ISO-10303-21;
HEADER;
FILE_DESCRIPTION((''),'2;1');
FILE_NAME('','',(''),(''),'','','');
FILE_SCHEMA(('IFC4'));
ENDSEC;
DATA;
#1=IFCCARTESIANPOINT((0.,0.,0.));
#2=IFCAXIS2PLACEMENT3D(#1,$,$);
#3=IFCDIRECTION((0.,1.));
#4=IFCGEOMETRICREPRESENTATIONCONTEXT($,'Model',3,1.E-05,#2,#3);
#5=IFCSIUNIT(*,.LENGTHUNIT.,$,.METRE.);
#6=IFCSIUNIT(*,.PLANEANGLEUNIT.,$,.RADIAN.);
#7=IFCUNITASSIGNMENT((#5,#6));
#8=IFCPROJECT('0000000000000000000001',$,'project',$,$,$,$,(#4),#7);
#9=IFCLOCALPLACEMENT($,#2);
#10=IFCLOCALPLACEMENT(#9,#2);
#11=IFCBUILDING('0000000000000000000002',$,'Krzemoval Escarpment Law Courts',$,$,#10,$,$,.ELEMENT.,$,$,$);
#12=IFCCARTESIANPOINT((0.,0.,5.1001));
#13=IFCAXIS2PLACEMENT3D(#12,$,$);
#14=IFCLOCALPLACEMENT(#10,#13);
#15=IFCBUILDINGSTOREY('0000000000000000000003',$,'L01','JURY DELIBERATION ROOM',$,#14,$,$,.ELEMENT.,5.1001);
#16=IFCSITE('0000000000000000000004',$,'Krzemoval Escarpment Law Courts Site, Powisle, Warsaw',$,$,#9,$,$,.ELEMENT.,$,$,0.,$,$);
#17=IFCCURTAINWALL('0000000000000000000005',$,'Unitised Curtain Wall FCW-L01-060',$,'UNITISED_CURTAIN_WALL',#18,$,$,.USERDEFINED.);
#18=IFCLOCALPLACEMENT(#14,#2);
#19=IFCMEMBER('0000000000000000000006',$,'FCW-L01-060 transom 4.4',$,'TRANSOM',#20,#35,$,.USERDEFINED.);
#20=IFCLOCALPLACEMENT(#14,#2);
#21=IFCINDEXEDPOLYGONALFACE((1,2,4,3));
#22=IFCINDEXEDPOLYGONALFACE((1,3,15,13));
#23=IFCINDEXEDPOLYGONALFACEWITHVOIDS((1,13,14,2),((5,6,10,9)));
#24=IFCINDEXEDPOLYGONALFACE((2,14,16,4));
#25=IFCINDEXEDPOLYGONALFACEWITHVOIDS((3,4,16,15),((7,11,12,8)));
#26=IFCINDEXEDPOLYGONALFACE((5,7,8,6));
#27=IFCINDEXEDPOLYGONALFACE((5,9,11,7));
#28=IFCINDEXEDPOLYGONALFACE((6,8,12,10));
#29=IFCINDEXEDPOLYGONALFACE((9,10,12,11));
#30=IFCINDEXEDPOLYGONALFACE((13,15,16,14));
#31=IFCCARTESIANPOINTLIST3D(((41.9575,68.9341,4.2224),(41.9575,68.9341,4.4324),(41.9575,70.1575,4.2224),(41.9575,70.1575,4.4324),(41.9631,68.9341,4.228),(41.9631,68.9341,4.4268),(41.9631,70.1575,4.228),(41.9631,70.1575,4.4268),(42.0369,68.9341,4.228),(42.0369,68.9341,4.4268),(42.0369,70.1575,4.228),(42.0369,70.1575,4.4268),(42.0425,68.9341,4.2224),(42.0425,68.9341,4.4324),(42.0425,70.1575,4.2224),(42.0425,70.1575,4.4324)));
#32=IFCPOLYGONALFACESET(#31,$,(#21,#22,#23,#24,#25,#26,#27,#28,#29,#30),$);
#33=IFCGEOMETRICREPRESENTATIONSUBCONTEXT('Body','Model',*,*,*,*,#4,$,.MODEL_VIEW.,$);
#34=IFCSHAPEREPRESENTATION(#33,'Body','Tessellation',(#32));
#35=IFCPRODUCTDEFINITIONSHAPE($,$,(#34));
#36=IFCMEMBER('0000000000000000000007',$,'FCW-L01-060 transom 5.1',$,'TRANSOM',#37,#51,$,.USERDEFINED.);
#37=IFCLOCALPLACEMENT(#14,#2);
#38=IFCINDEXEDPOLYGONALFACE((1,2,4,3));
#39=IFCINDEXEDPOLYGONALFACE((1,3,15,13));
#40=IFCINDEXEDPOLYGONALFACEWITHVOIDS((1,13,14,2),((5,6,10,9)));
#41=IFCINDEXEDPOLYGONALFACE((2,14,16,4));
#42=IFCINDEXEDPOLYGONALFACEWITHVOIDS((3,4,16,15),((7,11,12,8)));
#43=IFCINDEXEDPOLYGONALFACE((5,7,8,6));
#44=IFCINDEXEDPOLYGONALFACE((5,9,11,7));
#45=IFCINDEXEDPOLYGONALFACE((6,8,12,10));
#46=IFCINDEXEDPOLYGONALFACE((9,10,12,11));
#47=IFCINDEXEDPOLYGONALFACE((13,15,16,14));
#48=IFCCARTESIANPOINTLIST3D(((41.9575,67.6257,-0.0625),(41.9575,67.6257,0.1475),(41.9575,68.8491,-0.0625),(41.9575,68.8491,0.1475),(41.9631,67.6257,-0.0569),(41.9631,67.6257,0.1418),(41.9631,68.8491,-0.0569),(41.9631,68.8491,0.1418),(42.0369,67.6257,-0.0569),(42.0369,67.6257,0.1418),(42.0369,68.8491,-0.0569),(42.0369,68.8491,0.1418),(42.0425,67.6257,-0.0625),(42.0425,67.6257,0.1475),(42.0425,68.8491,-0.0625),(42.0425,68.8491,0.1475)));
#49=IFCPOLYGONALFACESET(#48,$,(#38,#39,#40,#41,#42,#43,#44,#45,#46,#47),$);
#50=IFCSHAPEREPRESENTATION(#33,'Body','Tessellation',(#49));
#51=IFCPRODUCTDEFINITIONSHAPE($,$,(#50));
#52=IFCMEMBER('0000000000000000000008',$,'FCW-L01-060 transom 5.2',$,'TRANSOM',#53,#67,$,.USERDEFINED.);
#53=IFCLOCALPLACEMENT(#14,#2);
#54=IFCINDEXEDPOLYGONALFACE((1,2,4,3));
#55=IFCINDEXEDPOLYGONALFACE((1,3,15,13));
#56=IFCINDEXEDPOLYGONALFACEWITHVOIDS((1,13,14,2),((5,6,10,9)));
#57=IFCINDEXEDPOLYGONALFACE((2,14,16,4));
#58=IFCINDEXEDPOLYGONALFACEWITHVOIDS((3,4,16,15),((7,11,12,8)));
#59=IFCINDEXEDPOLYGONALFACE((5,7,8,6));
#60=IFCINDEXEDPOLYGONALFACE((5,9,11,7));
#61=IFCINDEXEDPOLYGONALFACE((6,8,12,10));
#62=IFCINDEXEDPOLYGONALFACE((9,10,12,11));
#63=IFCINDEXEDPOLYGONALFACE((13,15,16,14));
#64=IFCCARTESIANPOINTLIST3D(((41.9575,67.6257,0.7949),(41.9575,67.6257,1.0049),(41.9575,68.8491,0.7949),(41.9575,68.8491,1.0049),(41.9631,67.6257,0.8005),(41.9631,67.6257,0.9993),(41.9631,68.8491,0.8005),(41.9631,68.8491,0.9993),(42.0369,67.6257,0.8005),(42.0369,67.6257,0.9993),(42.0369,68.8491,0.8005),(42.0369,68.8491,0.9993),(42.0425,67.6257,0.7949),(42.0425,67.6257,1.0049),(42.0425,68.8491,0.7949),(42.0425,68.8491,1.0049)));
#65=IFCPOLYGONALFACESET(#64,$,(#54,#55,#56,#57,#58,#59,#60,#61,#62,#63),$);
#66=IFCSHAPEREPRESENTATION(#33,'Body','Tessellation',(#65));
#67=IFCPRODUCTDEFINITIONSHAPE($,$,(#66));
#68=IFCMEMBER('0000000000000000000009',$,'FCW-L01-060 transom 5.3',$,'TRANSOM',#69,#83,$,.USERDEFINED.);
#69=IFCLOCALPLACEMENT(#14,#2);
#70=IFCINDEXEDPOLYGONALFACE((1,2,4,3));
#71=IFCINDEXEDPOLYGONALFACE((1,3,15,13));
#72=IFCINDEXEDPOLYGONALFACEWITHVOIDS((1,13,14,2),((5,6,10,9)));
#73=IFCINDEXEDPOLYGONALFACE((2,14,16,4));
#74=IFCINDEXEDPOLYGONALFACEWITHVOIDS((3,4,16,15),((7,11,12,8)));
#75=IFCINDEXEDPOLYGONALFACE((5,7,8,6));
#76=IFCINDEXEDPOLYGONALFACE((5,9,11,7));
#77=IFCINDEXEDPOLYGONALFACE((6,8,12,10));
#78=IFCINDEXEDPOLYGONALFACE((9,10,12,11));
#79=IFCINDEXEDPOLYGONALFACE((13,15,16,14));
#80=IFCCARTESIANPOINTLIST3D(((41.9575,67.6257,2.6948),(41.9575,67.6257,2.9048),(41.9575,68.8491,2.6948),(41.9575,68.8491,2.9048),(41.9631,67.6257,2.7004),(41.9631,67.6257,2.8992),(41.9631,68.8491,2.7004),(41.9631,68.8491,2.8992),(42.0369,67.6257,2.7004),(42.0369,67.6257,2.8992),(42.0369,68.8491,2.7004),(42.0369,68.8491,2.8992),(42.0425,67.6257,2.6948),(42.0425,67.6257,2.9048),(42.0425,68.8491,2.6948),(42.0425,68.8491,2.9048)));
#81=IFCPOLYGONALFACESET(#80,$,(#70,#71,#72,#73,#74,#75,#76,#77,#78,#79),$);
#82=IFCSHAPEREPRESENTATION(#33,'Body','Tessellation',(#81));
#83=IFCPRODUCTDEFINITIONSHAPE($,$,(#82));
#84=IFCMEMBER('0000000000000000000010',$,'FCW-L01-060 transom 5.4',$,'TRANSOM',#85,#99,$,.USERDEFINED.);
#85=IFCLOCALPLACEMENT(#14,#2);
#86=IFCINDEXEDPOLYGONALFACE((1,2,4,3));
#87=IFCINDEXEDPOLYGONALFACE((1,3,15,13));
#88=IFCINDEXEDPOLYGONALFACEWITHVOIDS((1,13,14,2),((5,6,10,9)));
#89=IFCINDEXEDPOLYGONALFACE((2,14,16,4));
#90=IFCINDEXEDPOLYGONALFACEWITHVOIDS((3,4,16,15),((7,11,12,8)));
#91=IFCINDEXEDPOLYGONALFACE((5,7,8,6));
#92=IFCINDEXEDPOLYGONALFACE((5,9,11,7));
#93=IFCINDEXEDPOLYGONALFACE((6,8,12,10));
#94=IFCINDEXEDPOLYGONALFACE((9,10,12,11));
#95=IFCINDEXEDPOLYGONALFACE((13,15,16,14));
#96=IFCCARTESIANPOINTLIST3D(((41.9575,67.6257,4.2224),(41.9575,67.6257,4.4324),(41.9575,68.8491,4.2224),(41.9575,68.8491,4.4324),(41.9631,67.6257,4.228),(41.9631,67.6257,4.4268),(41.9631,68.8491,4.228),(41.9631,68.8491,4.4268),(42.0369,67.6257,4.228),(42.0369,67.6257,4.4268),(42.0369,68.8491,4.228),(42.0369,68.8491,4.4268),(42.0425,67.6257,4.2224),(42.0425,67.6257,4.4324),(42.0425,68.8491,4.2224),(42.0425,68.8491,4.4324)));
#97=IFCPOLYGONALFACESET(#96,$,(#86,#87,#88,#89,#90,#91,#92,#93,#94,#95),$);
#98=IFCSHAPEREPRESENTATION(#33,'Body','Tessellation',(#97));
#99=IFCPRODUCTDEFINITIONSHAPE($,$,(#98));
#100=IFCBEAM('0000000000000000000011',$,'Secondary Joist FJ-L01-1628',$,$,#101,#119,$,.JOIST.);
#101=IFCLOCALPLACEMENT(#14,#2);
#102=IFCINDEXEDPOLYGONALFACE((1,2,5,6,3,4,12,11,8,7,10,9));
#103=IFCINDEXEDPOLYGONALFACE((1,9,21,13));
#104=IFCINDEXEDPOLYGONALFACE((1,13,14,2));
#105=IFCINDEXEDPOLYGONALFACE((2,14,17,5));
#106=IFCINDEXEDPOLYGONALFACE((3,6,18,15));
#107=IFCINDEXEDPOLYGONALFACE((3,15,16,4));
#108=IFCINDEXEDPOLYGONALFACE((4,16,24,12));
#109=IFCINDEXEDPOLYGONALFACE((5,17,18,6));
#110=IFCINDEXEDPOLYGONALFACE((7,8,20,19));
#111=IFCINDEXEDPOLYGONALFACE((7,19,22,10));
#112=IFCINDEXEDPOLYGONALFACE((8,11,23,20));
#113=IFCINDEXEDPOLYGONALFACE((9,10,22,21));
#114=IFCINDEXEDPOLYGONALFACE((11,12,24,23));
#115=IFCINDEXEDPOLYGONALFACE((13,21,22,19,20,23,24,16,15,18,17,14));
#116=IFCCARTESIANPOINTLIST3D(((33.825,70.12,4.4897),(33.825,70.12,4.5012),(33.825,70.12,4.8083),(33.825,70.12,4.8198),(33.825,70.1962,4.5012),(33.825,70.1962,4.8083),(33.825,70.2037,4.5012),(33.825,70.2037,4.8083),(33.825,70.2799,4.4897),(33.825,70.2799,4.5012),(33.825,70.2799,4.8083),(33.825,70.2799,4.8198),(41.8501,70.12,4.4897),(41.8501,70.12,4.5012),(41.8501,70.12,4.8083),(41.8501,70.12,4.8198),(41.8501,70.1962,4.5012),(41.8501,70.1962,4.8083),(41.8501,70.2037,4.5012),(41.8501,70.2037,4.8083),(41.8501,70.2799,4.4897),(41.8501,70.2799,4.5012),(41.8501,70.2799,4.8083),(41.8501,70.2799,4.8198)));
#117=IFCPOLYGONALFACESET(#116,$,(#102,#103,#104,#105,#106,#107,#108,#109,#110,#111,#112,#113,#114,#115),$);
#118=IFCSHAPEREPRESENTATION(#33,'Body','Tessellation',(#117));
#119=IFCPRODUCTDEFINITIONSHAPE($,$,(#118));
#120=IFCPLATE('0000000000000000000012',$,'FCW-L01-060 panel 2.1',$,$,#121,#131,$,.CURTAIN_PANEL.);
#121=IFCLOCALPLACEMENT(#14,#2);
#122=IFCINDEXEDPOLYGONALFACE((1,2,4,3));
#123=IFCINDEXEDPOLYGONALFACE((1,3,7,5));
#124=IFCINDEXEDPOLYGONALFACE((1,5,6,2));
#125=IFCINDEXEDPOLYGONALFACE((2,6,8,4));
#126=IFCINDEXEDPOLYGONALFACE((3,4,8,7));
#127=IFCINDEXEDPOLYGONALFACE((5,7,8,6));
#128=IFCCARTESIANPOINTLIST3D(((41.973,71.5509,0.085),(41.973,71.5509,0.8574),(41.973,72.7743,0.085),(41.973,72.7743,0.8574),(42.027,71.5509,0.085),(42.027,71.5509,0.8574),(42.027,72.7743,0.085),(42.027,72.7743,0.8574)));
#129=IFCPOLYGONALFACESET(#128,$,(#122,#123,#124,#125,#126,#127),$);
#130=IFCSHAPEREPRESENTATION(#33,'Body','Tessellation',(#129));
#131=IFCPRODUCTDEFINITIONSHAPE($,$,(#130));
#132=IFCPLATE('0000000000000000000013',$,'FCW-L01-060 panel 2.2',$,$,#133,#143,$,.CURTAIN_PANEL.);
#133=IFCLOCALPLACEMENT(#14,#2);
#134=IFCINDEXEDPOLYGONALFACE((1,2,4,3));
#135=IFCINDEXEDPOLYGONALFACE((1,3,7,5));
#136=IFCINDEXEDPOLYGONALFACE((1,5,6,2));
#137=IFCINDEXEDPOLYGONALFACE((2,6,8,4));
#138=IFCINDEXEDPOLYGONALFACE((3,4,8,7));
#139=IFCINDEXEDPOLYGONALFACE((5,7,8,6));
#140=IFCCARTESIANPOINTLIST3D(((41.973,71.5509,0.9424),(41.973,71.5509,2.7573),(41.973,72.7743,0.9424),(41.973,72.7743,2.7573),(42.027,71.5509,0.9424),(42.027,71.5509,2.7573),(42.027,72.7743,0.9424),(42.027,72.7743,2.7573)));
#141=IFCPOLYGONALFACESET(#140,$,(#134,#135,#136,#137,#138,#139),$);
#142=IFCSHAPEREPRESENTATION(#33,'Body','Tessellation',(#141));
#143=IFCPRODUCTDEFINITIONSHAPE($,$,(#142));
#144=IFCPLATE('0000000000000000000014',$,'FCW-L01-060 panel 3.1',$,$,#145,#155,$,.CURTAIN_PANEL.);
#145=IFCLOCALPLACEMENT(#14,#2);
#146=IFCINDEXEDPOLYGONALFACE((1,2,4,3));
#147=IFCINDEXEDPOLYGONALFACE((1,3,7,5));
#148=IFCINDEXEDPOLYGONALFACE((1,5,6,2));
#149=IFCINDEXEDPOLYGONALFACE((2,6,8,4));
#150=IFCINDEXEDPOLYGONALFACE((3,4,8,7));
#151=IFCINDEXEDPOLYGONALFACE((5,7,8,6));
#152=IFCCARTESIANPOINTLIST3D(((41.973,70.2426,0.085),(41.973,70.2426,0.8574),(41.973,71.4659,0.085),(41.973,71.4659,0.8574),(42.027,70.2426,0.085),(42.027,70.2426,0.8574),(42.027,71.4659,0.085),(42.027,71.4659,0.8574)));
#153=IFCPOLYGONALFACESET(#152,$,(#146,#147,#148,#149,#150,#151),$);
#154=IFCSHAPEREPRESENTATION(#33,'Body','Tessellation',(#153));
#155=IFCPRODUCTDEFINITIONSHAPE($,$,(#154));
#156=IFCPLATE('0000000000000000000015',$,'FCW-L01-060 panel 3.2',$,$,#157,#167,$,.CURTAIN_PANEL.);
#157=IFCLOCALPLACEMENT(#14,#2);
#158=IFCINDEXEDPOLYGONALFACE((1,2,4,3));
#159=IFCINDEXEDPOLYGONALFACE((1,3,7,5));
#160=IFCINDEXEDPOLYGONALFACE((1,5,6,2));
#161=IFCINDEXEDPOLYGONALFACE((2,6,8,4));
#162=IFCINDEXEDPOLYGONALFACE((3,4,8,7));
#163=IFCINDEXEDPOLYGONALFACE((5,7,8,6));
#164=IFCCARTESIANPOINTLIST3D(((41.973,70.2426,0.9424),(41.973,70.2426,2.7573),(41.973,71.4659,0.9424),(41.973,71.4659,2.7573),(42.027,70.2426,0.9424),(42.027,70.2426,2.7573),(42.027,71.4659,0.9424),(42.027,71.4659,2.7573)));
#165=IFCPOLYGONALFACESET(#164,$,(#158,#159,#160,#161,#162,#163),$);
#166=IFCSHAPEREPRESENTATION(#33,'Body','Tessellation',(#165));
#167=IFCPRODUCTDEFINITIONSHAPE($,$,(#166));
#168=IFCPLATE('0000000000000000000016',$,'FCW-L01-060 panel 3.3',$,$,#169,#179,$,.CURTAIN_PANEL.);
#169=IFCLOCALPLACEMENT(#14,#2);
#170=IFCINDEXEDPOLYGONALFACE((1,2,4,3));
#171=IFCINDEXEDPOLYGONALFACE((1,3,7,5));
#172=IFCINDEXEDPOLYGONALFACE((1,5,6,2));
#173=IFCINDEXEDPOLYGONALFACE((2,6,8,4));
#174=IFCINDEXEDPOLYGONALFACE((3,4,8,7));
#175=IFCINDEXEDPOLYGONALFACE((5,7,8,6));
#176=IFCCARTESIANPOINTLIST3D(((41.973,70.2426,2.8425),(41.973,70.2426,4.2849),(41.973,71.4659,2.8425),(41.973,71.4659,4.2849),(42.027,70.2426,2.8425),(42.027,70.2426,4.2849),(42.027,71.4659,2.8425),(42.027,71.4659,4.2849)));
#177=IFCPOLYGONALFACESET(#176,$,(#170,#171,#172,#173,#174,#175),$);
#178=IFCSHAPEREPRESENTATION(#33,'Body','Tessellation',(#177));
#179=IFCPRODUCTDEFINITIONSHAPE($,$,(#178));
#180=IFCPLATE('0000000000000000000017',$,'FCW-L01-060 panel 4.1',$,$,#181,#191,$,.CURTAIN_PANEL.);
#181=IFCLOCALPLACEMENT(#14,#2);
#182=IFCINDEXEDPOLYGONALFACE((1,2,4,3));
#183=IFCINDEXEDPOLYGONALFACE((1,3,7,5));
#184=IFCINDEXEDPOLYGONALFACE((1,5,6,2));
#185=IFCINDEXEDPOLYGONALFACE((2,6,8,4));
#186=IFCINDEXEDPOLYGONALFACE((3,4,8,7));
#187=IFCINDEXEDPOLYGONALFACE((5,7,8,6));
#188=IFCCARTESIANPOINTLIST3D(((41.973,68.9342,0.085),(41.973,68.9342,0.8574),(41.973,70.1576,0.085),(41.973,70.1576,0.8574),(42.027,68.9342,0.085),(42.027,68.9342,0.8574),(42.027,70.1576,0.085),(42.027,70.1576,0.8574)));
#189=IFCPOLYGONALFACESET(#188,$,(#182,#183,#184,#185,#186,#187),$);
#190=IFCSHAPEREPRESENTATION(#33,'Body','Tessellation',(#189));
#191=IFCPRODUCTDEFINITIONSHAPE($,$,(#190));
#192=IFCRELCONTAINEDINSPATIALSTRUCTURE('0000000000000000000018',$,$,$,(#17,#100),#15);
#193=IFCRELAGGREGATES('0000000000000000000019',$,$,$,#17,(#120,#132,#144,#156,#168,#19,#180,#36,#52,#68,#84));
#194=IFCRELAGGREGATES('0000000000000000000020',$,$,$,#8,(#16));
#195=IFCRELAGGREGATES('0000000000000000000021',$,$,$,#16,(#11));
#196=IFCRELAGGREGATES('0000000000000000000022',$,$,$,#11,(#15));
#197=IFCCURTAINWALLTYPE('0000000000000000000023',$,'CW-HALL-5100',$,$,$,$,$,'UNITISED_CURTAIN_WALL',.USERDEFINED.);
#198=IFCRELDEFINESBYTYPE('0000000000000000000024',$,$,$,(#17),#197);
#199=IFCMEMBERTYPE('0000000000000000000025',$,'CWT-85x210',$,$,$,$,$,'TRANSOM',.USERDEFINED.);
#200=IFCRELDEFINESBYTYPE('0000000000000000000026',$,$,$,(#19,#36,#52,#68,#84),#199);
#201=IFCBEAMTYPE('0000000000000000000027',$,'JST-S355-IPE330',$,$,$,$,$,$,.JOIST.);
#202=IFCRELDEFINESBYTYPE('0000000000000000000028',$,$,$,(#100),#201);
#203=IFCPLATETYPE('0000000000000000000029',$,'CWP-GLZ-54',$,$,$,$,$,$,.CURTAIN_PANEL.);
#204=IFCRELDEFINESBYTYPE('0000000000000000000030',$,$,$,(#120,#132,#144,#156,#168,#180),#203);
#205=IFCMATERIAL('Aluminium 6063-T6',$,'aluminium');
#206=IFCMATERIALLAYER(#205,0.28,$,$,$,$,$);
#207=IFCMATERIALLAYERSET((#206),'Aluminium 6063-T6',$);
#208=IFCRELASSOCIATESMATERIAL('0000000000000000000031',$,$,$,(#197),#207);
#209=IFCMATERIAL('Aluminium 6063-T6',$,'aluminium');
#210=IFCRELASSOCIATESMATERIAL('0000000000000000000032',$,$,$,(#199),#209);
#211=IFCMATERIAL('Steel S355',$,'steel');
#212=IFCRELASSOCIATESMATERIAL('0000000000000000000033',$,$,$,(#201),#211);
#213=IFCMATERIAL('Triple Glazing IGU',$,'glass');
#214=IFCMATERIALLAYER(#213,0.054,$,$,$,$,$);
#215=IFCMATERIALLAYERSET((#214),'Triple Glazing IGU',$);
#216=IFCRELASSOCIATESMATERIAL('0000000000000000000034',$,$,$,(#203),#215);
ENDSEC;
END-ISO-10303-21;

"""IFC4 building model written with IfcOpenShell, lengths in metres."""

from ifc_helpers import new_model, si_unit, direction, frame, origin, origin_2d, place, context, subcontext, project, spatial, rectangle, hollow_rectangle, i_section, extrude, material, layer, layer_set, material_profile, profile_set, type_object, element, aggregate, save


model = new_model("IFC4")

# Units and contexts
model_context = context("Model", 3, precision=1e-05, world=origin(), true_north=direction((0.0, 1.0)))
body_context = subcontext(model_context, "Body", "Model", "MODEL_VIEW")
ifc_project = project(units=[si_unit("LENGTHUNIT", "METRE"), si_unit("PLANEANGLEUNIT", "RADIAN")], contexts=[model_context])

# Site, building, storey
site_placement = place(None, origin())
site = spatial("IfcSite", under=ifc_project, at=site_placement, Name="Krzemoval Escarpment Law Courts Site, Powisle, Warsaw", CompositionType="ELEMENT", RefElevation=0.0)
building_placement = place(site_placement, origin())
building = spatial("IfcBuilding", under=site, at=building_placement, Name="Krzemoval Escarpment Law Courts", CompositionType="ELEMENT")
storey_placement = place(building_placement, frame((0.0, 0.0, 5.1001)))
storey = spatial("IfcBuildingStorey", under=building, at=storey_placement, Name="L01", Description="JURY DELIBERATION ROOM", CompositionType="ELEMENT", Elevation=5.1001)

# Curtain wall, members
ifc_material_1 = material(Name="Aluminium 6063-T6", Category="aluminium")
ifc_layer_1 = layer(ifc_material_1, 0.28)
ifc_layer_set_1 = layer_set([ifc_layer_1], Name="Aluminium 6063-T6")
curtain_wall_type = type_object("IfcCurtainWallType", Name="CW-HALL-5100", ElementType="UNITISED_CURTAIN_WALL", PredefinedType="USERDEFINED", material=ifc_layer_set_1)
curtain_wall_placement = place(storey_placement, origin())
curtain_wall = element("IfcCurtainWall", 1, at=curtain_wall_placement, inside=storey, type_object=curtain_wall_type, Name="Unitised Curtain Wall FCW-L01-060", ObjectType="UNITISED_CURTAIN_WALL", PredefinedType="USERDEFINED")
ifc_material_2 = material(Name="Aluminium 6063-T6", Category="aluminium")
ifc_material_profile_1 = material_profile(ifc_material_2, hollow_rectangle(XDim=0.085, YDim=0.21, WallThickness=0.0056, at=origin_2d()), Name="ALU T85x210")
ifc_profile_set_1 = profile_set([ifc_material_profile_1], Name="Aluminium 6063-T6")
member_type_1 = type_object("IfcMemberType", Name="CWT-85x210", ElementType="TRANSOM", PredefinedType="USERDEFINED", material=ifc_profile_set_1)
member_1_placement = place(storey_placement, frame((42.0, 70.1575, 4.3274), z_axis=(0.0, -1.0, 0.0), x_axis=(1.0, 0.0, 0.0)))
member_1 = element("IfcMember", 2, at=member_1_placement, type_object=member_type_1, Name="FCW-L01-060 transom 4.4", ObjectType="TRANSOM", PredefinedType="USERDEFINED", context=body_context, shape_type="SweptSolid", body=[
    extrude(hollow_rectangle(XDim=0.085, YDim=0.21, WallThickness=0.0056, at=origin_2d()), origin(), (0.0, 0.0, 1.0), 1.2234),
])
member_2_placement = place(storey_placement, frame((42.0, 68.8491, 0.0425), z_axis=(0.0, -1.0, 0.0), x_axis=(1.0, 0.0, 0.0)))
member_2 = element("IfcMember", 3, at=member_2_placement, type_object=member_type_1, Name="FCW-L01-060 transom 5.1", ObjectType="TRANSOM", PredefinedType="USERDEFINED", context=body_context, shape_type="SweptSolid", body=[
    extrude(hollow_rectangle(XDim=0.085, YDim=0.21, WallThickness=0.0056, at=origin_2d()), origin(), (0.0, 0.0, 1.0), 1.2234),
])
member_3_placement = place(storey_placement, frame((42.0, 68.8491, 0.8999), z_axis=(0.0, -1.0, 0.0), x_axis=(1.0, 0.0, 0.0)))
member_3 = element("IfcMember", 4, at=member_3_placement, type_object=member_type_1, Name="FCW-L01-060 transom 5.2", ObjectType="TRANSOM", PredefinedType="USERDEFINED", context=body_context, shape_type="SweptSolid", body=[
    extrude(hollow_rectangle(XDim=0.085, YDim=0.21, WallThickness=0.0056, at=origin_2d()), origin(), (0.0, 0.0, 1.0), 1.2234),
])
member_4_placement = place(storey_placement, frame((42.0, 68.8491, 2.7998), z_axis=(0.0, -1.0, 0.0), x_axis=(1.0, 0.0, 0.0)))
member_4 = element("IfcMember", 5, at=member_4_placement, type_object=member_type_1, Name="FCW-L01-060 transom 5.3", ObjectType="TRANSOM", PredefinedType="USERDEFINED", context=body_context, shape_type="SweptSolid", body=[
    extrude(hollow_rectangle(XDim=0.085, YDim=0.21, WallThickness=0.0056, at=origin_2d()), origin(), (0.0, 0.0, 1.0), 1.2234),
])
member_5_placement = place(storey_placement, frame((42.0, 68.8491, 4.3274), z_axis=(0.0, -1.0, 0.0), x_axis=(1.0, 0.0, 0.0)))
member_5 = element("IfcMember", 6, at=member_5_placement, type_object=member_type_1, Name="FCW-L01-060 transom 5.4", ObjectType="TRANSOM", PredefinedType="USERDEFINED", context=body_context, shape_type="SweptSolid", body=[
    extrude(hollow_rectangle(XDim=0.085, YDim=0.21, WallThickness=0.0056, at=origin_2d()), origin(), (0.0, 0.0, 1.0), 1.2234),
])

# Beam
ifc_material_3 = material(Name="Steel S355", Category="steel")
ifc_material_profile_2 = material_profile(ifc_material_3, i_section(OverallWidth=0.1599, OverallDepth=0.3301, WebThickness=0.0076, FlangeThickness=0.0115, at=origin_2d()), Name="IPE 330")
ifc_profile_set_2 = profile_set([ifc_material_profile_2], Name="Steel S355")
beam_type = type_object("IfcBeamType", Name="JST-S355-IPE330", PredefinedType="JOIST", material=ifc_profile_set_2)
beam_placement = place(storey_placement, frame((33.825, 70.2, 4.6548), z_axis=(1.0, 0.0, 0.0), x_axis=(0.0, 1.0, 0.0)))
element("IfcBeam", 7, at=beam_placement, inside=storey, type_object=beam_type, Name="Secondary Joist FJ-L01-1628", PredefinedType="JOIST", context=body_context, shape_type="SweptSolid", body=[
    extrude(i_section(OverallWidth=0.1599, OverallDepth=0.3301, WebThickness=0.0076, FlangeThickness=0.0115, at=origin_2d()), origin(), (0.0, 0.0, 1.0), 8.0251),
])

# Plates
ifc_material_4 = material(Name="Triple Glazing IGU", Category="glass")
ifc_layer_2 = layer(ifc_material_4, 0.054)
ifc_layer_set_2 = layer_set([ifc_layer_2], Name="Triple Glazing IGU")
plate_type = type_object("IfcPlateType", Name="CWP-GLZ-54", PredefinedType="CURTAIN_PANEL", material=ifc_layer_set_2)
plate_1_placement = place(storey_placement, frame((42.0, 72.1626, 0.085), z_axis=(0.0, 0.0, 1.0), x_axis=(0.0, -1.0, 0.0)))
plate_1 = element("IfcPlate", 8, at=plate_1_placement, type_object=plate_type, Name="FCW-L01-060 panel 2.1", PredefinedType="CURTAIN_PANEL", context=body_context, shape_type="SweptSolid", body=[
    extrude(rectangle(XDim=1.2234, YDim=0.054, at=origin_2d()), origin(), (0.0, 0.0, 1.0), 0.7725),
])
plate_2_placement = place(storey_placement, frame((42.0, 72.1626, 0.9424), z_axis=(0.0, 0.0, 1.0), x_axis=(0.0, -1.0, 0.0)))
plate_2 = element("IfcPlate", 9, at=plate_2_placement, type_object=plate_type, Name="FCW-L01-060 panel 2.2", PredefinedType="CURTAIN_PANEL", context=body_context, shape_type="SweptSolid", body=[
    extrude(rectangle(XDim=1.2234, YDim=0.054, at=origin_2d()), origin(), (0.0, 0.0, 1.0), 1.8149),
])
plate_3_placement = place(storey_placement, frame((42.0, 70.8542, 0.085), z_axis=(0.0, 0.0, 1.0), x_axis=(0.0, -1.0, 0.0)))
plate_3 = element("IfcPlate", 10, at=plate_3_placement, type_object=plate_type, Name="FCW-L01-060 panel 3.1", PredefinedType="CURTAIN_PANEL", context=body_context, shape_type="SweptSolid", body=[
    extrude(rectangle(XDim=1.2234, YDim=0.054, at=origin_2d()), origin(), (0.0, 0.0, 1.0), 0.7725),
])
plate_4_placement = place(storey_placement, frame((42.0, 70.8542, 0.9424), z_axis=(0.0, 0.0, 1.0), x_axis=(0.0, -1.0, 0.0)))
plate_4 = element("IfcPlate", 11, at=plate_4_placement, type_object=plate_type, Name="FCW-L01-060 panel 3.2", PredefinedType="CURTAIN_PANEL", context=body_context, shape_type="SweptSolid", body=[
    extrude(rectangle(XDim=1.2234, YDim=0.054, at=origin_2d()), origin(), (0.0, 0.0, 1.0), 1.8149),
])
plate_5_placement = place(storey_placement, frame((42.0, 70.8542, 2.8425), z_axis=(0.0, 0.0, 1.0), x_axis=(0.0, -1.0, 0.0)))
plate_5 = element("IfcPlate", 12, at=plate_5_placement, type_object=plate_type, Name="FCW-L01-060 panel 3.3", PredefinedType="CURTAIN_PANEL", context=body_context, shape_type="SweptSolid", body=[
    extrude(rectangle(XDim=1.2234, YDim=0.054, at=origin_2d()), origin(), (0.0, 0.0, 1.0), 1.4424),
])
plate_6_placement = place(storey_placement, frame((42.0, 69.5459, 0.085), z_axis=(0.0, 0.0, 1.0), x_axis=(0.0, -1.0, 0.0)))
plate_6 = element("IfcPlate", 13, at=plate_6_placement, type_object=plate_type, Name="FCW-L01-060 panel 4.1", PredefinedType="CURTAIN_PANEL", context=body_context, shape_type="SweptSolid", body=[
    extrude(rectangle(XDim=1.2234, YDim=0.054, at=origin_2d()), origin(), (0.0, 0.0, 1.0), 0.7725),
])
aggregate(curtain_wall, [plate_1, plate_2, plate_3, plate_4, plate_5, member_1, plate_6, member_2, member_3, member_4, member_5])

save(model, "model.ifc")
